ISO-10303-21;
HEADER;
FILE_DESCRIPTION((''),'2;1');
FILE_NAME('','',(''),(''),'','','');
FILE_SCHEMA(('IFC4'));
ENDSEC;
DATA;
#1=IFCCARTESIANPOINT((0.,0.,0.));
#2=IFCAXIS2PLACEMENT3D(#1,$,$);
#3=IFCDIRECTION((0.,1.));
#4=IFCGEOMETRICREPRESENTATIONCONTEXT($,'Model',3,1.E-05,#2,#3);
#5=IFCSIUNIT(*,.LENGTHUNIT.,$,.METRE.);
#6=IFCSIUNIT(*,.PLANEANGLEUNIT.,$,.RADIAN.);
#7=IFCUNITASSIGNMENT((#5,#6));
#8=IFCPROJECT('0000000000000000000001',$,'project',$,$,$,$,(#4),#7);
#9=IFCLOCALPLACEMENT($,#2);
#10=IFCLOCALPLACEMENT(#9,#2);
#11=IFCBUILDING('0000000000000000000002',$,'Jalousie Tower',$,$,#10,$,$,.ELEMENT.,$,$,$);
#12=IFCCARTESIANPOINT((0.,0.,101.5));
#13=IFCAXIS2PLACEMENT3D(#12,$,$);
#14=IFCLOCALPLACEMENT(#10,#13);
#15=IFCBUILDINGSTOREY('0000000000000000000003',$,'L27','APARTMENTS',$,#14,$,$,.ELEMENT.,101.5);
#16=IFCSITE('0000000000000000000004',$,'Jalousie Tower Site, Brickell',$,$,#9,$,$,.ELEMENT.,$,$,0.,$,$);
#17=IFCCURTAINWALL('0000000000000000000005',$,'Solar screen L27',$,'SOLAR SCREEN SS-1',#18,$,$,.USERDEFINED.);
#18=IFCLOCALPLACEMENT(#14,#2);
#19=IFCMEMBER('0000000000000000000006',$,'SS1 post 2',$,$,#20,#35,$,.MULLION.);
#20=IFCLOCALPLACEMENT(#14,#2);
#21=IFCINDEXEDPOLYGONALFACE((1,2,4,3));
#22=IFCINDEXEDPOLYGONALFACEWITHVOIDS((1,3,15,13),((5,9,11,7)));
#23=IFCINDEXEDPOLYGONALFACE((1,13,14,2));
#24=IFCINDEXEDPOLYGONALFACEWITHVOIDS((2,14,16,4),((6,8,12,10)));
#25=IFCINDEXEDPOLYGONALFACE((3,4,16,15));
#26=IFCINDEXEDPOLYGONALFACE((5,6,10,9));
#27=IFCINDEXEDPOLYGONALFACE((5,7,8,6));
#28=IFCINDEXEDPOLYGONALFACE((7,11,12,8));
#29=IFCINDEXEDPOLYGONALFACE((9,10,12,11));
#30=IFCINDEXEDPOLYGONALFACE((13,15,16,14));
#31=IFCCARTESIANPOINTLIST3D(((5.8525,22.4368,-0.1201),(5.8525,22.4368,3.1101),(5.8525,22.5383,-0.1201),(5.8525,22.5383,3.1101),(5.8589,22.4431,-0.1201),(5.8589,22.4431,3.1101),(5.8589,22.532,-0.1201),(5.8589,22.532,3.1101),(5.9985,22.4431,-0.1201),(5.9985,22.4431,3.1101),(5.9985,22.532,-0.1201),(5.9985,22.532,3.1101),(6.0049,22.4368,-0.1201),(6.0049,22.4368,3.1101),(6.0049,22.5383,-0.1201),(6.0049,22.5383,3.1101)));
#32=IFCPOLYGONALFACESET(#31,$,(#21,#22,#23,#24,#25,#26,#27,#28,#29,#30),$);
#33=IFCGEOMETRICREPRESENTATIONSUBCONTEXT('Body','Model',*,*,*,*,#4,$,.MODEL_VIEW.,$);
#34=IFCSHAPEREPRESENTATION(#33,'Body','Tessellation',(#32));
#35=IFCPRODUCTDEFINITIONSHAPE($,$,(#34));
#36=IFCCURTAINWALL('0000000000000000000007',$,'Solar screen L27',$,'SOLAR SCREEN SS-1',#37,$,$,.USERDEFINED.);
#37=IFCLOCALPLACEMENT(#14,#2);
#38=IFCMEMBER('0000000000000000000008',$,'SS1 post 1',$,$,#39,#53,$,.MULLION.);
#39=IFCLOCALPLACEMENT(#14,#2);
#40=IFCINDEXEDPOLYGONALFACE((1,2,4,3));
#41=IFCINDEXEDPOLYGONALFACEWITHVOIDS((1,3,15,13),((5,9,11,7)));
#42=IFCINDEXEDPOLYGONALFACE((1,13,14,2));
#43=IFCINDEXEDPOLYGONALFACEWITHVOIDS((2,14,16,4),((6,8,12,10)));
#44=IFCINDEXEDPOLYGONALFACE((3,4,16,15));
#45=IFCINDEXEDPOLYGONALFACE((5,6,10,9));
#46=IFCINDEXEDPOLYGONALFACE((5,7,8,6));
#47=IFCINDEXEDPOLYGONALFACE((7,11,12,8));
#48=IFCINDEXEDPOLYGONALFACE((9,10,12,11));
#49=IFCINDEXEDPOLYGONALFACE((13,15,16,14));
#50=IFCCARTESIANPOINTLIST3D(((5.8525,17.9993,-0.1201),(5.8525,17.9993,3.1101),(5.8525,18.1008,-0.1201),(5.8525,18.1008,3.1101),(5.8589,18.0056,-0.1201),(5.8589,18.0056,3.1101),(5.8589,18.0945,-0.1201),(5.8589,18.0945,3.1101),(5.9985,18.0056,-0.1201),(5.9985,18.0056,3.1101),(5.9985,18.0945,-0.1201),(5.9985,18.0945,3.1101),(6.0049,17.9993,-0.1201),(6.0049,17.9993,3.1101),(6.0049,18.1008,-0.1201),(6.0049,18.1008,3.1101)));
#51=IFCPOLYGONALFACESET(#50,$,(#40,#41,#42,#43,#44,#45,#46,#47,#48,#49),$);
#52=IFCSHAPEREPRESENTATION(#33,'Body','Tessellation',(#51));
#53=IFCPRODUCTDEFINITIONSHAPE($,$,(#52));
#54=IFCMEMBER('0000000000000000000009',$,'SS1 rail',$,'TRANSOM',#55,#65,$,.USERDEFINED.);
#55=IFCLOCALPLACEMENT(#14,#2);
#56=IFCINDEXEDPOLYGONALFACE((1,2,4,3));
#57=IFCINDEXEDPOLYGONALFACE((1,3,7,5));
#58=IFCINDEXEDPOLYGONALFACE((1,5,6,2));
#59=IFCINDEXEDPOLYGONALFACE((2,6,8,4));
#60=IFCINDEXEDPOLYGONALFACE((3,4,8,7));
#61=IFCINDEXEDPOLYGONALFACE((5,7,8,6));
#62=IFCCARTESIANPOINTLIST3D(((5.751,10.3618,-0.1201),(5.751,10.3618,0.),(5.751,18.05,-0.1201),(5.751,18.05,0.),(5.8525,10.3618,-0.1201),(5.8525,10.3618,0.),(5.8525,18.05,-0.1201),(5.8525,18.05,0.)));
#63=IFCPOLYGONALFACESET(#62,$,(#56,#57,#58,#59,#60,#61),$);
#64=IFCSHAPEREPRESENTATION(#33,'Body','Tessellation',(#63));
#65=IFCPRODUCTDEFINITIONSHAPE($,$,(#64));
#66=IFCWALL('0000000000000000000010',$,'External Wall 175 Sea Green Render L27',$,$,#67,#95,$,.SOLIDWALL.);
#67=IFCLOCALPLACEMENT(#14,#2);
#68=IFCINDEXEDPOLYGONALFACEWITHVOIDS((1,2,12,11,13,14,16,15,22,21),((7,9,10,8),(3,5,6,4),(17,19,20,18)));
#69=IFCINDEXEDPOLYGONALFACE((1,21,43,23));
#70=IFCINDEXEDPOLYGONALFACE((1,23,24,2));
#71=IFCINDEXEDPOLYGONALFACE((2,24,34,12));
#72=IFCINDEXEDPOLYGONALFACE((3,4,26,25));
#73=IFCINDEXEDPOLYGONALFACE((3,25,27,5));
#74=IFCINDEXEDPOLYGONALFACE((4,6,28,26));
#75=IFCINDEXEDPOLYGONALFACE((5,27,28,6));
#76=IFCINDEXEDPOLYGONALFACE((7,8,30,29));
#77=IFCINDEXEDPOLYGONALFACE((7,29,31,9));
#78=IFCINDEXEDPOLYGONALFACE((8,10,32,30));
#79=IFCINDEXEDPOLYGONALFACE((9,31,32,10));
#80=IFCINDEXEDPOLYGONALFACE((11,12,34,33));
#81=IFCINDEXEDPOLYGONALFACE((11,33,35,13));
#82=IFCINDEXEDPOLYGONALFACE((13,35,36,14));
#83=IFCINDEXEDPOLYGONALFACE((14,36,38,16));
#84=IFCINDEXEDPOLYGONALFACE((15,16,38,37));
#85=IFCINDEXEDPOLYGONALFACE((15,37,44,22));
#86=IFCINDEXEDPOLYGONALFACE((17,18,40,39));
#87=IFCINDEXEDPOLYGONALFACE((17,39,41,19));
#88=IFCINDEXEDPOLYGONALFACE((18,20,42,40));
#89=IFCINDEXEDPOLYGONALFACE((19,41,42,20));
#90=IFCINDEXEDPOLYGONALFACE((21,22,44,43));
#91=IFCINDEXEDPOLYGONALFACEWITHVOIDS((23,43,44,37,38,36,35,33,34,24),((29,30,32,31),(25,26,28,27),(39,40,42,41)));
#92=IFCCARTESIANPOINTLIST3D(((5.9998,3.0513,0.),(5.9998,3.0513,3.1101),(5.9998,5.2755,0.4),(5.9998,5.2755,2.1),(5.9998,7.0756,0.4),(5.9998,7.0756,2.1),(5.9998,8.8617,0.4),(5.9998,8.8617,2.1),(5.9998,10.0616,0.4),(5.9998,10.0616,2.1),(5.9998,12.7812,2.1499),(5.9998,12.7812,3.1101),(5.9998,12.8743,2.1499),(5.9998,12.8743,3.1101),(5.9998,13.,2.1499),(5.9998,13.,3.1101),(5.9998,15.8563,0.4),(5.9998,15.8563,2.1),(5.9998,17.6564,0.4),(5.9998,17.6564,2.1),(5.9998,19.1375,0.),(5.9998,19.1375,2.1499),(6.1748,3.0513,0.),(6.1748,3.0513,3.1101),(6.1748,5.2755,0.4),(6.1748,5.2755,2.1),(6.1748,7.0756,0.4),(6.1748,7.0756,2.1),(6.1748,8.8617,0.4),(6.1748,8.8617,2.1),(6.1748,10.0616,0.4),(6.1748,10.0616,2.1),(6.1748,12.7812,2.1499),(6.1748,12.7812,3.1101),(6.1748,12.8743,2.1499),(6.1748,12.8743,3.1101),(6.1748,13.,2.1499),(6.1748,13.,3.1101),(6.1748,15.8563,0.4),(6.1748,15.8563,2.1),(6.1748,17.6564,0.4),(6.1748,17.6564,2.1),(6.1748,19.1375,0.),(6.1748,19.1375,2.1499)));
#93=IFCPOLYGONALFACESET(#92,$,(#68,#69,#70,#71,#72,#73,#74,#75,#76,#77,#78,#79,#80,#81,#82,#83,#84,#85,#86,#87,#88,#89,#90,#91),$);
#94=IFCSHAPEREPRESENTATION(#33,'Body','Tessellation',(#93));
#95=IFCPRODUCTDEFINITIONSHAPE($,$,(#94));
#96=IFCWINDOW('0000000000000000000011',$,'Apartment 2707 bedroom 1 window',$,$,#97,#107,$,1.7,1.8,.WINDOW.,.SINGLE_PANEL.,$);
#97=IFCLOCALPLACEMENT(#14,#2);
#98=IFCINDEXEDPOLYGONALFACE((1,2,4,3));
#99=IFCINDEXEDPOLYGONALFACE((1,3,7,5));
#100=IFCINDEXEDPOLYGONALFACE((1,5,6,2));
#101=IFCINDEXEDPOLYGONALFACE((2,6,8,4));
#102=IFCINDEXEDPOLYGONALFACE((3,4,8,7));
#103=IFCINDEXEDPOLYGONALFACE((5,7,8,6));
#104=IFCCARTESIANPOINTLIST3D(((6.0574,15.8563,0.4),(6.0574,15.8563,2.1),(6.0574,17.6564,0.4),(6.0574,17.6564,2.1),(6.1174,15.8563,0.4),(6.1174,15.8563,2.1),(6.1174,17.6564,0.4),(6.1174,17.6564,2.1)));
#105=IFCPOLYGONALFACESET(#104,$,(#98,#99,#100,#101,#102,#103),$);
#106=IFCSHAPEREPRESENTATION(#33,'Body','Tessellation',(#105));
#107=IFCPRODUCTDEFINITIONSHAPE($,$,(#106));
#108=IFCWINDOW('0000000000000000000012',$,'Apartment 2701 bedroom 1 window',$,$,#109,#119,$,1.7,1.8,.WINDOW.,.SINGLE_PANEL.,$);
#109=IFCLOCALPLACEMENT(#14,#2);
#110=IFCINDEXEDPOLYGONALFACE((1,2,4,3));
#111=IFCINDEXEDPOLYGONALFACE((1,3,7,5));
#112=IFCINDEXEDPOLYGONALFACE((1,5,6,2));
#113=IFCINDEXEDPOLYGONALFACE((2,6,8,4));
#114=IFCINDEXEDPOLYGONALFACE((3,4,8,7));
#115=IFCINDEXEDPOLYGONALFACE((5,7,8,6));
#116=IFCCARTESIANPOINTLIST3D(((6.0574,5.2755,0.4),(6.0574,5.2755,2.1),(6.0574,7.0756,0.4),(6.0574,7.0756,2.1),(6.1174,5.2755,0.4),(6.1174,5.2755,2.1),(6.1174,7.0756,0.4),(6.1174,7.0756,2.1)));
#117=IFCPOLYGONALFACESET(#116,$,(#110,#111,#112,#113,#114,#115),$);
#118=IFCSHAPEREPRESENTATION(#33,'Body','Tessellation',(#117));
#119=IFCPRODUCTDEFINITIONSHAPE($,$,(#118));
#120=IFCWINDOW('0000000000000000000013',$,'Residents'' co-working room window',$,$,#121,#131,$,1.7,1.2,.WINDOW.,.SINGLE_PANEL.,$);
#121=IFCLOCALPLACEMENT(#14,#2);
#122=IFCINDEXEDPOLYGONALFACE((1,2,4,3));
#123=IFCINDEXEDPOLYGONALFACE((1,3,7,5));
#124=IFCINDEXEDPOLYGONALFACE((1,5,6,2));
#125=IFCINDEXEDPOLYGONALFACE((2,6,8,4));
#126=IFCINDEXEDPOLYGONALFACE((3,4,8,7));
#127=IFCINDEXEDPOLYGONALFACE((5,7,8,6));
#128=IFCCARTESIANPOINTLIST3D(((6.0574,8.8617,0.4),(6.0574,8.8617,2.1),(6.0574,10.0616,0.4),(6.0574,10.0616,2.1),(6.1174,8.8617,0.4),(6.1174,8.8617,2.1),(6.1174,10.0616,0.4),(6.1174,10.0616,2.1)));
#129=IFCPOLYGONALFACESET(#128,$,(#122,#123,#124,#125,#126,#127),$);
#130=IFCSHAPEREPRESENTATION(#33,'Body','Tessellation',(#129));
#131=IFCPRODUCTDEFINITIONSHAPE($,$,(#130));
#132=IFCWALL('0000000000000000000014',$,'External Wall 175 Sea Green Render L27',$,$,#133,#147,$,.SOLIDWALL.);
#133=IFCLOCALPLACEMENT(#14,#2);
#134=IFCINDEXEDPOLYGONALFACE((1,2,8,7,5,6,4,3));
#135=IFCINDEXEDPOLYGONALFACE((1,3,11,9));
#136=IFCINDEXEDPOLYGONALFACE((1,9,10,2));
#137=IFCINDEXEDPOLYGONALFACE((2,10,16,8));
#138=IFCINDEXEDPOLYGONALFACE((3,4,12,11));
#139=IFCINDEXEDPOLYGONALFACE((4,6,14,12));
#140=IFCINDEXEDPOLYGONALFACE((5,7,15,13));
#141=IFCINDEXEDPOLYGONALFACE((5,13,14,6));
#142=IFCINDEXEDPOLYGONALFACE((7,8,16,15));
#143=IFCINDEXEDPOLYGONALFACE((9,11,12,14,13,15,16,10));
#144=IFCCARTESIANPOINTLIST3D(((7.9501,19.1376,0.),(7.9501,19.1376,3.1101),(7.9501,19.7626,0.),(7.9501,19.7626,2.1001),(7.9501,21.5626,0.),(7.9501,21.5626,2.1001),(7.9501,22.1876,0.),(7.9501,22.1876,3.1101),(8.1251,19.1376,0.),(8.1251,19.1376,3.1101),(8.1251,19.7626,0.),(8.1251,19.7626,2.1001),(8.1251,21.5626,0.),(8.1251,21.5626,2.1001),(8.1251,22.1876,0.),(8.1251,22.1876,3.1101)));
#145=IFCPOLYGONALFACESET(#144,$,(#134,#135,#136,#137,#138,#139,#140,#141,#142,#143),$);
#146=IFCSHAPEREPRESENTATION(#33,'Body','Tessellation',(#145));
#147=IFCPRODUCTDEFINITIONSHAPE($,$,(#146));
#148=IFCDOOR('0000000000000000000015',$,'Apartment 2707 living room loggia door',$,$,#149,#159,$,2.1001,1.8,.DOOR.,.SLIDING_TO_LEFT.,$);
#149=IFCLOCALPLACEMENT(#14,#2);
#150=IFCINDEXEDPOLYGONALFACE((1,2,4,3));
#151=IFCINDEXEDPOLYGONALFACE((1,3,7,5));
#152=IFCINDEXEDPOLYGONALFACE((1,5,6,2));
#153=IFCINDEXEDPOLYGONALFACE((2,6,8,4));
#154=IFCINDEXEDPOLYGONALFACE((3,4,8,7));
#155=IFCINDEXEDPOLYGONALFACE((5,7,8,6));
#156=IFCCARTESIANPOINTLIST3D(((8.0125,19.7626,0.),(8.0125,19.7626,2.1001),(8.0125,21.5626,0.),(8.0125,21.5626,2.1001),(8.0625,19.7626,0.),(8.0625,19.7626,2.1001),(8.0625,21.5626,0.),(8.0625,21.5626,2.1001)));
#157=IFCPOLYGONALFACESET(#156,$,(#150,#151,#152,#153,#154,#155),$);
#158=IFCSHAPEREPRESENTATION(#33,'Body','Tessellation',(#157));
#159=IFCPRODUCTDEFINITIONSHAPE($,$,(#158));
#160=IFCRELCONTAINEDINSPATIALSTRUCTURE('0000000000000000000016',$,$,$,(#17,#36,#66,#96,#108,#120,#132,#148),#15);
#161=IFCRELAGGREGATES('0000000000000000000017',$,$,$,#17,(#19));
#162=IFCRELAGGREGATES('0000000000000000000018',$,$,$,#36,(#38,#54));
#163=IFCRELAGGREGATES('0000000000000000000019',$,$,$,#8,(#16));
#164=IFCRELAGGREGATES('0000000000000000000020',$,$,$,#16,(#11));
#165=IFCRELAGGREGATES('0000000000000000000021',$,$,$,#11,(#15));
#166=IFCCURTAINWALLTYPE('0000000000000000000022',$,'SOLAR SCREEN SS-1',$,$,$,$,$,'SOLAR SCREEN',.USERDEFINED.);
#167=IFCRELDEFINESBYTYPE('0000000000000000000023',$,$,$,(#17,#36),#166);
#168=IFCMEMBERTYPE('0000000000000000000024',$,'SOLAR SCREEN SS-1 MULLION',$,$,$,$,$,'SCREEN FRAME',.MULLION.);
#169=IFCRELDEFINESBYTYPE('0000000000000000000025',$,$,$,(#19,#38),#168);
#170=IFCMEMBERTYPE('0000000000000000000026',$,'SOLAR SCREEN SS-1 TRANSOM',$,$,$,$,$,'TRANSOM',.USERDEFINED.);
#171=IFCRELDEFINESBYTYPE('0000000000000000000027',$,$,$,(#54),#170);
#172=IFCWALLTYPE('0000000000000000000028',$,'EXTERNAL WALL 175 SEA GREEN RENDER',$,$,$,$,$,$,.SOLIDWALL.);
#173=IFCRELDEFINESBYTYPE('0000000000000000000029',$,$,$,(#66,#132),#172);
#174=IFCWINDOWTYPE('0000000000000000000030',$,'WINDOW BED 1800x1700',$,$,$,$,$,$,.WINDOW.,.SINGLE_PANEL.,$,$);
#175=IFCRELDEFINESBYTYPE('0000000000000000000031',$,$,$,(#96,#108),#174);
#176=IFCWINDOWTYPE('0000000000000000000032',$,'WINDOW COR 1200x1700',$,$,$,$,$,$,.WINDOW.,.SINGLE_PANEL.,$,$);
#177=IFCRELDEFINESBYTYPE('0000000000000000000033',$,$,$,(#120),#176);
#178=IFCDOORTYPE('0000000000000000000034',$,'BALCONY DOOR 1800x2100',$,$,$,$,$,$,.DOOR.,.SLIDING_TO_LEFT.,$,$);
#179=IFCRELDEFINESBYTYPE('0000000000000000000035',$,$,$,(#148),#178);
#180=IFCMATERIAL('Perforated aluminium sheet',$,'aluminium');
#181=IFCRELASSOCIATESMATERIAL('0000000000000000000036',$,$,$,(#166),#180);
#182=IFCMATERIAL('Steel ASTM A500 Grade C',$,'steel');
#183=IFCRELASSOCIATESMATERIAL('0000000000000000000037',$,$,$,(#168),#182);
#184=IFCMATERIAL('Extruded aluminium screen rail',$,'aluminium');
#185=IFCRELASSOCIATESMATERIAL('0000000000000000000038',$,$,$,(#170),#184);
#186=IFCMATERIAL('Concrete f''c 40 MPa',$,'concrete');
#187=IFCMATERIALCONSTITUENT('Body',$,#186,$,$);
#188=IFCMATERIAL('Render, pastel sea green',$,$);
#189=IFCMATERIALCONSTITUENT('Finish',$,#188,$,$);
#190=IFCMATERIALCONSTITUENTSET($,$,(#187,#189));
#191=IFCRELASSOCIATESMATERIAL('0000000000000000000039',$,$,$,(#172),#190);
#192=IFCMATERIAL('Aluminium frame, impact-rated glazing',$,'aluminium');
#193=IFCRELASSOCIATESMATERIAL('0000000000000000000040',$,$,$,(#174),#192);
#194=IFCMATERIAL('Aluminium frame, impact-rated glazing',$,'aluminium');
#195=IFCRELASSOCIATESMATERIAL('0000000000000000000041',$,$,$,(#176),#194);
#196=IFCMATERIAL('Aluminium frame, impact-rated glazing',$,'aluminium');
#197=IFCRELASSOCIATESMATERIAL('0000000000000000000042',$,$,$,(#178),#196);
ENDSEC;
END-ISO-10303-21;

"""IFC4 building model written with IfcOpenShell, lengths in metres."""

from ifc_helpers import new_model, si_unit, direction, frame, frame_2d, origin, origin_2d, place, context, subcontext, project, spatial, polyline, rectangle, hollow_rectangle, outline, extrude, material, constituent, constituent_set, material_profile, profile_set, type_object, element, fill, aggregate, save


model = new_model("IFC4")

# Units and contexts
model_context = context("Model", 3, precision=1e-05, world=origin(), true_north=direction((0.0, 1.0)))
body_context = subcontext(model_context, "Body", "Model", "MODEL_VIEW")
ifc_project = project(units=[si_unit("LENGTHUNIT", "METRE"), si_unit("PLANEANGLEUNIT", "RADIAN")], contexts=[model_context])

# Site, building, storey
site_placement = place(None, origin())
site = spatial("IfcSite", under=ifc_project, at=site_placement, Name="Jalousie Tower Site, Brickell", CompositionType="ELEMENT", RefElevation=0.0)
building_placement = place(site_placement, origin())
building = spatial("IfcBuilding", under=site, at=building_placement, Name="Jalousie Tower", CompositionType="ELEMENT")
storey_placement = place(building_placement, frame((0.0, 0.0, 101.5)))
storey = spatial("IfcBuildingStorey", under=building, at=storey_placement, Name="L27", Description="APARTMENTS", CompositionType="ELEMENT", Elevation=101.5)

# Curtain wall, member
ifc_material_1 = material(Name="Perforated aluminium sheet", Category="aluminium")
curtain_wall_type = type_object("IfcCurtainWallType", Name="SOLAR SCREEN SS-1", ElementType="SOLAR SCREEN", PredefinedType="USERDEFINED", material=ifc_material_1)
curtain_wall_1_placement = place(storey_placement, origin())
curtain_wall_1 = element("IfcCurtainWall", 1, at=curtain_wall_1_placement, inside=storey, type_object=curtain_wall_type, Name="Solar screen L27", ObjectType="SOLAR SCREEN SS-1", PredefinedType="USERDEFINED")
ifc_material_2 = material(Name="Steel ASTM A500 Grade C", Category="steel")
ifc_material_profile_1 = material_profile(ifc_material_2, hollow_rectangle(XDim=0.1016, YDim=0.1523, WallThickness=0.0063, at=origin_2d()), Name="HSS6X4X1/4")
ifc_profile_set_1 = profile_set([ifc_material_profile_1], Name="Steel ASTM A500 Grade C")
member_type_1 = type_object("IfcMemberType", Name="SOLAR SCREEN SS-1 MULLION", ElementType="SCREEN FRAME", PredefinedType="MULLION", material=ifc_profile_set_1)
member_1_placement = place(storey_placement, frame((5.9287, 22.4875, -0.1201), z_axis=(0.0, 0.0, 1.0), x_axis=(0.0, -1.0, 0.0)))
member_1 = element("IfcMember", 2, at=member_1_placement, type_object=member_type_1, Name="SS1 post 2", PredefinedType="MULLION", context=body_context, shape_type="SweptSolid", body=[
    extrude(hollow_rectangle(XDim=0.1016, YDim=0.1523, WallThickness=0.0063, at=origin_2d()), origin(), (0.0, 0.0, 1.0), 3.2302),
])
aggregate(curtain_wall_1, [member_1])

# Curtain wall, members
curtain_wall_2_placement = place(storey_placement, origin())
curtain_wall_2 = element("IfcCurtainWall", 3, at=curtain_wall_2_placement, inside=storey, type_object=curtain_wall_type, Name="Solar screen L27", ObjectType="SOLAR SCREEN SS-1", PredefinedType="USERDEFINED")
member_2_placement = place(storey_placement, frame((5.9287, 18.05, -0.1201), z_axis=(0.0, 0.0, 1.0), x_axis=(0.0, -1.0, 0.0)))
member_2 = element("IfcMember", 4, at=member_2_placement, type_object=member_type_1, Name="SS1 post 1", PredefinedType="MULLION", context=body_context, shape_type="SweptSolid", body=[
    extrude(hollow_rectangle(XDim=0.1016, YDim=0.1523, WallThickness=0.0063, at=origin_2d()), origin(), (0.0, 0.0, 1.0), 3.2302),
])
ifc_material_3 = material(Name="Extruded aluminium screen rail", Category="aluminium")
ifc_material_profile_2 = material_profile(ifc_material_3, rectangle(XDim=0.1016, YDim=0.1201, at=origin_2d()), Name="RAIL 102x120")
ifc_profile_set_2 = profile_set([ifc_material_profile_2], Name="Extruded aluminium screen rail")
member_type_2 = type_object("IfcMemberType", Name="SOLAR SCREEN SS-1 TRANSOM", ElementType="TRANSOM", PredefinedType="USERDEFINED", material=ifc_profile_set_2)
member_3_placement = place(storey_placement, frame((5.8018, 18.05, -0.0601), z_axis=(0.0, -1.0, 0.0), x_axis=(1.0, 0.0, 0.0)))
member_3 = element("IfcMember", 5, at=member_3_placement, type_object=member_type_2, Name="SS1 rail", ObjectType="TRANSOM", PredefinedType="USERDEFINED", context=body_context, shape_type="SweptSolid", body=[
    extrude(rectangle(XDim=0.1016, YDim=0.1201, at=origin_2d()), origin(), (0.0, 0.0, 1.0), 7.6882),
])
aggregate(curtain_wall_2, [member_2, member_3])

# Wall, openings, windows
ifc_material_4 = material(Name="Concrete f'c 40 MPa", Category="concrete")
ifc_constituent_1 = constituent(ifc_material_4, Name="Body")
ifc_material_5 = material(Name="Render, pastel sea green")
ifc_constituent_2 = constituent(ifc_material_5, Name="Finish")
ifc_constituent_set_1 = constituent_set(constituents=[ifc_constituent_1, ifc_constituent_2])
wall_type_1 = type_object("IfcWallType", Name="EXTERNAL WALL 175 SEA GREEN RENDER", PredefinedType="SOLIDWALL", material=ifc_constituent_set_1)
wall_1_placement = place(storey_placement, frame((6.0874, 19.1375, 0.0), z_axis=(0.0, 0.0, 1.0), x_axis=(0.0, -1.0, 0.0)))
wall_1 = element("IfcWall", 6, at=wall_1_placement, inside=storey, type_object=wall_type_1, Name="External Wall 175 Sea Green Render L27", PredefinedType="SOLIDWALL", context=body_context, shape_type="SweptSolid", body=[
    extrude(outline(polyline([(0.0, 0.0), (16.0862, 0.0), (16.0862, 3.1101), (6.3562, 3.1101), (6.3562, 2.1499), (6.2632, 2.1499), (6.2632, 3.1101), (6.1375, 3.1101), (6.1375, 2.1499), (0.0, 2.1499), (0.0, 0.0)])), frame((0.0, 0.0874, 0.0), z_axis=(0.0, -1.0, 0.0), x_axis=(1.0, 0.0, 0.0)), (0.0, 0.0, 1.0), 0.175),
])
opening_1_placement = place(wall_1_placement, frame((1.4812, 0.0, 0.3999)))
opening_1 = element("IfcOpeningElement", 7, at=opening_1_placement, cuts=wall_1, PredefinedType="OPENING", context=body_context, shape_type="SweptSolid", body=[
    extrude(rectangle(XDim=1.8, YDim=1.7, at=frame_2d((0.8999, 0.8501))), frame((0.0, 0.0974, 0.0), z_axis=(0.0, -1.0, 0.0), x_axis=(1.0, 0.0, 0.0)), (0.0, 0.0, 1.0), 0.1951),
])
opening_2_placement = place(wall_1_placement, frame((9.0757, 0.0, 0.3999)))
opening_2 = element("IfcOpeningElement", 8, at=opening_2_placement, cuts=wall_1, PredefinedType="OPENING", context=body_context, shape_type="SweptSolid", body=[
    extrude(rectangle(XDim=1.2, YDim=1.7, at=frame_2d((0.6001, 0.8501))), frame((0.0, 0.0974, 0.0), z_axis=(0.0, -1.0, 0.0), x_axis=(1.0, 0.0, 0.0)), (0.0, 0.0, 1.0), 0.1951),
])
opening_3_placement = place(wall_1_placement, frame((12.062, 0.0, 0.3999)))
opening_3 = element("IfcOpeningElement", 9, at=opening_3_placement, cuts=wall_1, PredefinedType="OPENING", context=body_context, shape_type="SweptSolid", body=[
    extrude(rectangle(XDim=1.8, YDim=1.7, at=frame_2d((0.8999, 0.8501))), frame((0.0, 0.0974, 0.0), z_axis=(0.0, -1.0, 0.0), x_axis=(1.0, 0.0, 0.0)), (0.0, 0.0, 1.0), 0.1951),
])
ifc_material_6 = material(Name="Aluminium frame, impact-rated glazing", Category="aluminium")
window_type_1 = type_object("IfcWindowType", Name="WINDOW BED 1800x1700", PartitioningType="SINGLE_PANEL", PredefinedType="WINDOW", material=ifc_material_6)
window_1_placement = place(opening_1_placement, origin())
window_1 = element("IfcWindow", 10, at=window_1_placement, inside=storey, type_object=window_type_1, Name="Apartment 2707 bedroom 1 window", OverallHeight=1.7, OverallWidth=1.8, PartitioningType="SINGLE_PANEL", PredefinedType="WINDOW", context=body_context, shape_type="SweptSolid", body=[
    extrude(rectangle(XDim=1.8, YDim=1.7, at=frame_2d((0.8999, 0.8501))), frame((0.0, 0.03, 0.0), z_axis=(0.0, -1.0, 0.0), x_axis=(1.0, 0.0, 0.0)), (0.0, 0.0, 1.0), 0.0601),
])
fill(opening_1, window_1)
window_2_placement = place(opening_3_placement, origin())
window_2 = element("IfcWindow", 11, at=window_2_placement, inside=storey, type_object=window_type_1, Name="Apartment 2701 bedroom 1 window", OverallHeight=1.7, OverallWidth=1.8, PartitioningType="SINGLE_PANEL", PredefinedType="WINDOW", context=body_context, shape_type="SweptSolid", body=[
    extrude(rectangle(XDim=1.8, YDim=1.7, at=frame_2d((0.8999, 0.8501))), frame((0.0, 0.03, 0.0), z_axis=(0.0, -1.0, 0.0), x_axis=(1.0, 0.0, 0.0)), (0.0, 0.0, 1.0), 0.0601),
])
fill(opening_3, window_2)
ifc_material_7 = material(Name="Aluminium frame, impact-rated glazing", Category="aluminium")
window_type_2 = type_object("IfcWindowType", Name="WINDOW COR 1200x1700", PartitioningType="SINGLE_PANEL", PredefinedType="WINDOW", material=ifc_material_7)
window_3_placement = place(opening_2_placement, origin())
window_3 = element("IfcWindow", 12, at=window_3_placement, inside=storey, type_object=window_type_2, Name="Residents' co-working room window", OverallHeight=1.7, OverallWidth=1.2, PartitioningType="SINGLE_PANEL", PredefinedType="WINDOW", context=body_context, shape_type="SweptSolid", body=[
    extrude(rectangle(XDim=1.2, YDim=1.7, at=frame_2d((0.6001, 0.8501))), frame((0.0, 0.03, 0.0), z_axis=(0.0, -1.0, 0.0), x_axis=(1.0, 0.0, 0.0)), (0.0, 0.0, 1.0), 0.0601),
])
fill(opening_2, window_3)

# Wall, opening, door
wall_2_placement = place(storey_placement, frame((8.0376, 22.1875, 0.0), z_axis=(0.0, 0.0, 1.0), x_axis=(0.0, -1.0, 0.0)))
wall_2 = element("IfcWall", 13, at=wall_2_placement, inside=storey, type_object=wall_type_1, Name="External Wall 175 Sea Green Render L27", PredefinedType="SOLIDWALL", context=body_context, shape_type="SweptSolid", body=[
    extrude(rectangle(XDim=3.05, YDim=0.175, at=frame_2d((1.5249, 0.0))), origin(), (0.0, 0.0, 1.0), 3.1101),
])
opening_4_placement = place(wall_2_placement, frame((0.625, 0.0, 0.0)))
opening_4 = element("IfcOpeningElement", 14, at=opening_4_placement, cuts=wall_2, PredefinedType="OPENING", context=body_context, shape_type="SweptSolid", body=[
    extrude(rectangle(XDim=1.8, YDim=2.1001, at=frame_2d((0.8999, 1.05))), frame((0.0, 0.0974, 0.0), z_axis=(0.0, -1.0, 0.0), x_axis=(1.0, 0.0, 0.0)), (0.0, 0.0, 1.0), 0.1951),
])
ifc_material_8 = material(Name="Aluminium frame, impact-rated glazing", Category="aluminium")
door_type_1 = type_object("IfcDoorType", Name="BALCONY DOOR 1800x2100", OperationType="SLIDING_TO_LEFT", PredefinedType="DOOR", material=ifc_material_8)
door_1_placement = place(opening_4_placement, origin())
door_1 = element("IfcDoor", 15, at=door_1_placement, inside=storey, type_object=door_type_1, Name="Apartment 2707 living room loggia door", OperationType="SLIDING_TO_LEFT", OverallHeight=2.1001, OverallWidth=1.8, PredefinedType="DOOR", context=body_context, shape_type="SweptSolid", body=[
    extrude(rectangle(XDim=1.8, YDim=2.1001, at=frame_2d((0.8999, 1.05))), frame((0.0, 0.0249, 0.0), z_axis=(0.0, -1.0, 0.0), x_axis=(1.0, 0.0, 0.0)), (0.0, 0.0, 1.0), 0.05),
])
fill(opening_4, door_1)

save(model, "model.ifc")
